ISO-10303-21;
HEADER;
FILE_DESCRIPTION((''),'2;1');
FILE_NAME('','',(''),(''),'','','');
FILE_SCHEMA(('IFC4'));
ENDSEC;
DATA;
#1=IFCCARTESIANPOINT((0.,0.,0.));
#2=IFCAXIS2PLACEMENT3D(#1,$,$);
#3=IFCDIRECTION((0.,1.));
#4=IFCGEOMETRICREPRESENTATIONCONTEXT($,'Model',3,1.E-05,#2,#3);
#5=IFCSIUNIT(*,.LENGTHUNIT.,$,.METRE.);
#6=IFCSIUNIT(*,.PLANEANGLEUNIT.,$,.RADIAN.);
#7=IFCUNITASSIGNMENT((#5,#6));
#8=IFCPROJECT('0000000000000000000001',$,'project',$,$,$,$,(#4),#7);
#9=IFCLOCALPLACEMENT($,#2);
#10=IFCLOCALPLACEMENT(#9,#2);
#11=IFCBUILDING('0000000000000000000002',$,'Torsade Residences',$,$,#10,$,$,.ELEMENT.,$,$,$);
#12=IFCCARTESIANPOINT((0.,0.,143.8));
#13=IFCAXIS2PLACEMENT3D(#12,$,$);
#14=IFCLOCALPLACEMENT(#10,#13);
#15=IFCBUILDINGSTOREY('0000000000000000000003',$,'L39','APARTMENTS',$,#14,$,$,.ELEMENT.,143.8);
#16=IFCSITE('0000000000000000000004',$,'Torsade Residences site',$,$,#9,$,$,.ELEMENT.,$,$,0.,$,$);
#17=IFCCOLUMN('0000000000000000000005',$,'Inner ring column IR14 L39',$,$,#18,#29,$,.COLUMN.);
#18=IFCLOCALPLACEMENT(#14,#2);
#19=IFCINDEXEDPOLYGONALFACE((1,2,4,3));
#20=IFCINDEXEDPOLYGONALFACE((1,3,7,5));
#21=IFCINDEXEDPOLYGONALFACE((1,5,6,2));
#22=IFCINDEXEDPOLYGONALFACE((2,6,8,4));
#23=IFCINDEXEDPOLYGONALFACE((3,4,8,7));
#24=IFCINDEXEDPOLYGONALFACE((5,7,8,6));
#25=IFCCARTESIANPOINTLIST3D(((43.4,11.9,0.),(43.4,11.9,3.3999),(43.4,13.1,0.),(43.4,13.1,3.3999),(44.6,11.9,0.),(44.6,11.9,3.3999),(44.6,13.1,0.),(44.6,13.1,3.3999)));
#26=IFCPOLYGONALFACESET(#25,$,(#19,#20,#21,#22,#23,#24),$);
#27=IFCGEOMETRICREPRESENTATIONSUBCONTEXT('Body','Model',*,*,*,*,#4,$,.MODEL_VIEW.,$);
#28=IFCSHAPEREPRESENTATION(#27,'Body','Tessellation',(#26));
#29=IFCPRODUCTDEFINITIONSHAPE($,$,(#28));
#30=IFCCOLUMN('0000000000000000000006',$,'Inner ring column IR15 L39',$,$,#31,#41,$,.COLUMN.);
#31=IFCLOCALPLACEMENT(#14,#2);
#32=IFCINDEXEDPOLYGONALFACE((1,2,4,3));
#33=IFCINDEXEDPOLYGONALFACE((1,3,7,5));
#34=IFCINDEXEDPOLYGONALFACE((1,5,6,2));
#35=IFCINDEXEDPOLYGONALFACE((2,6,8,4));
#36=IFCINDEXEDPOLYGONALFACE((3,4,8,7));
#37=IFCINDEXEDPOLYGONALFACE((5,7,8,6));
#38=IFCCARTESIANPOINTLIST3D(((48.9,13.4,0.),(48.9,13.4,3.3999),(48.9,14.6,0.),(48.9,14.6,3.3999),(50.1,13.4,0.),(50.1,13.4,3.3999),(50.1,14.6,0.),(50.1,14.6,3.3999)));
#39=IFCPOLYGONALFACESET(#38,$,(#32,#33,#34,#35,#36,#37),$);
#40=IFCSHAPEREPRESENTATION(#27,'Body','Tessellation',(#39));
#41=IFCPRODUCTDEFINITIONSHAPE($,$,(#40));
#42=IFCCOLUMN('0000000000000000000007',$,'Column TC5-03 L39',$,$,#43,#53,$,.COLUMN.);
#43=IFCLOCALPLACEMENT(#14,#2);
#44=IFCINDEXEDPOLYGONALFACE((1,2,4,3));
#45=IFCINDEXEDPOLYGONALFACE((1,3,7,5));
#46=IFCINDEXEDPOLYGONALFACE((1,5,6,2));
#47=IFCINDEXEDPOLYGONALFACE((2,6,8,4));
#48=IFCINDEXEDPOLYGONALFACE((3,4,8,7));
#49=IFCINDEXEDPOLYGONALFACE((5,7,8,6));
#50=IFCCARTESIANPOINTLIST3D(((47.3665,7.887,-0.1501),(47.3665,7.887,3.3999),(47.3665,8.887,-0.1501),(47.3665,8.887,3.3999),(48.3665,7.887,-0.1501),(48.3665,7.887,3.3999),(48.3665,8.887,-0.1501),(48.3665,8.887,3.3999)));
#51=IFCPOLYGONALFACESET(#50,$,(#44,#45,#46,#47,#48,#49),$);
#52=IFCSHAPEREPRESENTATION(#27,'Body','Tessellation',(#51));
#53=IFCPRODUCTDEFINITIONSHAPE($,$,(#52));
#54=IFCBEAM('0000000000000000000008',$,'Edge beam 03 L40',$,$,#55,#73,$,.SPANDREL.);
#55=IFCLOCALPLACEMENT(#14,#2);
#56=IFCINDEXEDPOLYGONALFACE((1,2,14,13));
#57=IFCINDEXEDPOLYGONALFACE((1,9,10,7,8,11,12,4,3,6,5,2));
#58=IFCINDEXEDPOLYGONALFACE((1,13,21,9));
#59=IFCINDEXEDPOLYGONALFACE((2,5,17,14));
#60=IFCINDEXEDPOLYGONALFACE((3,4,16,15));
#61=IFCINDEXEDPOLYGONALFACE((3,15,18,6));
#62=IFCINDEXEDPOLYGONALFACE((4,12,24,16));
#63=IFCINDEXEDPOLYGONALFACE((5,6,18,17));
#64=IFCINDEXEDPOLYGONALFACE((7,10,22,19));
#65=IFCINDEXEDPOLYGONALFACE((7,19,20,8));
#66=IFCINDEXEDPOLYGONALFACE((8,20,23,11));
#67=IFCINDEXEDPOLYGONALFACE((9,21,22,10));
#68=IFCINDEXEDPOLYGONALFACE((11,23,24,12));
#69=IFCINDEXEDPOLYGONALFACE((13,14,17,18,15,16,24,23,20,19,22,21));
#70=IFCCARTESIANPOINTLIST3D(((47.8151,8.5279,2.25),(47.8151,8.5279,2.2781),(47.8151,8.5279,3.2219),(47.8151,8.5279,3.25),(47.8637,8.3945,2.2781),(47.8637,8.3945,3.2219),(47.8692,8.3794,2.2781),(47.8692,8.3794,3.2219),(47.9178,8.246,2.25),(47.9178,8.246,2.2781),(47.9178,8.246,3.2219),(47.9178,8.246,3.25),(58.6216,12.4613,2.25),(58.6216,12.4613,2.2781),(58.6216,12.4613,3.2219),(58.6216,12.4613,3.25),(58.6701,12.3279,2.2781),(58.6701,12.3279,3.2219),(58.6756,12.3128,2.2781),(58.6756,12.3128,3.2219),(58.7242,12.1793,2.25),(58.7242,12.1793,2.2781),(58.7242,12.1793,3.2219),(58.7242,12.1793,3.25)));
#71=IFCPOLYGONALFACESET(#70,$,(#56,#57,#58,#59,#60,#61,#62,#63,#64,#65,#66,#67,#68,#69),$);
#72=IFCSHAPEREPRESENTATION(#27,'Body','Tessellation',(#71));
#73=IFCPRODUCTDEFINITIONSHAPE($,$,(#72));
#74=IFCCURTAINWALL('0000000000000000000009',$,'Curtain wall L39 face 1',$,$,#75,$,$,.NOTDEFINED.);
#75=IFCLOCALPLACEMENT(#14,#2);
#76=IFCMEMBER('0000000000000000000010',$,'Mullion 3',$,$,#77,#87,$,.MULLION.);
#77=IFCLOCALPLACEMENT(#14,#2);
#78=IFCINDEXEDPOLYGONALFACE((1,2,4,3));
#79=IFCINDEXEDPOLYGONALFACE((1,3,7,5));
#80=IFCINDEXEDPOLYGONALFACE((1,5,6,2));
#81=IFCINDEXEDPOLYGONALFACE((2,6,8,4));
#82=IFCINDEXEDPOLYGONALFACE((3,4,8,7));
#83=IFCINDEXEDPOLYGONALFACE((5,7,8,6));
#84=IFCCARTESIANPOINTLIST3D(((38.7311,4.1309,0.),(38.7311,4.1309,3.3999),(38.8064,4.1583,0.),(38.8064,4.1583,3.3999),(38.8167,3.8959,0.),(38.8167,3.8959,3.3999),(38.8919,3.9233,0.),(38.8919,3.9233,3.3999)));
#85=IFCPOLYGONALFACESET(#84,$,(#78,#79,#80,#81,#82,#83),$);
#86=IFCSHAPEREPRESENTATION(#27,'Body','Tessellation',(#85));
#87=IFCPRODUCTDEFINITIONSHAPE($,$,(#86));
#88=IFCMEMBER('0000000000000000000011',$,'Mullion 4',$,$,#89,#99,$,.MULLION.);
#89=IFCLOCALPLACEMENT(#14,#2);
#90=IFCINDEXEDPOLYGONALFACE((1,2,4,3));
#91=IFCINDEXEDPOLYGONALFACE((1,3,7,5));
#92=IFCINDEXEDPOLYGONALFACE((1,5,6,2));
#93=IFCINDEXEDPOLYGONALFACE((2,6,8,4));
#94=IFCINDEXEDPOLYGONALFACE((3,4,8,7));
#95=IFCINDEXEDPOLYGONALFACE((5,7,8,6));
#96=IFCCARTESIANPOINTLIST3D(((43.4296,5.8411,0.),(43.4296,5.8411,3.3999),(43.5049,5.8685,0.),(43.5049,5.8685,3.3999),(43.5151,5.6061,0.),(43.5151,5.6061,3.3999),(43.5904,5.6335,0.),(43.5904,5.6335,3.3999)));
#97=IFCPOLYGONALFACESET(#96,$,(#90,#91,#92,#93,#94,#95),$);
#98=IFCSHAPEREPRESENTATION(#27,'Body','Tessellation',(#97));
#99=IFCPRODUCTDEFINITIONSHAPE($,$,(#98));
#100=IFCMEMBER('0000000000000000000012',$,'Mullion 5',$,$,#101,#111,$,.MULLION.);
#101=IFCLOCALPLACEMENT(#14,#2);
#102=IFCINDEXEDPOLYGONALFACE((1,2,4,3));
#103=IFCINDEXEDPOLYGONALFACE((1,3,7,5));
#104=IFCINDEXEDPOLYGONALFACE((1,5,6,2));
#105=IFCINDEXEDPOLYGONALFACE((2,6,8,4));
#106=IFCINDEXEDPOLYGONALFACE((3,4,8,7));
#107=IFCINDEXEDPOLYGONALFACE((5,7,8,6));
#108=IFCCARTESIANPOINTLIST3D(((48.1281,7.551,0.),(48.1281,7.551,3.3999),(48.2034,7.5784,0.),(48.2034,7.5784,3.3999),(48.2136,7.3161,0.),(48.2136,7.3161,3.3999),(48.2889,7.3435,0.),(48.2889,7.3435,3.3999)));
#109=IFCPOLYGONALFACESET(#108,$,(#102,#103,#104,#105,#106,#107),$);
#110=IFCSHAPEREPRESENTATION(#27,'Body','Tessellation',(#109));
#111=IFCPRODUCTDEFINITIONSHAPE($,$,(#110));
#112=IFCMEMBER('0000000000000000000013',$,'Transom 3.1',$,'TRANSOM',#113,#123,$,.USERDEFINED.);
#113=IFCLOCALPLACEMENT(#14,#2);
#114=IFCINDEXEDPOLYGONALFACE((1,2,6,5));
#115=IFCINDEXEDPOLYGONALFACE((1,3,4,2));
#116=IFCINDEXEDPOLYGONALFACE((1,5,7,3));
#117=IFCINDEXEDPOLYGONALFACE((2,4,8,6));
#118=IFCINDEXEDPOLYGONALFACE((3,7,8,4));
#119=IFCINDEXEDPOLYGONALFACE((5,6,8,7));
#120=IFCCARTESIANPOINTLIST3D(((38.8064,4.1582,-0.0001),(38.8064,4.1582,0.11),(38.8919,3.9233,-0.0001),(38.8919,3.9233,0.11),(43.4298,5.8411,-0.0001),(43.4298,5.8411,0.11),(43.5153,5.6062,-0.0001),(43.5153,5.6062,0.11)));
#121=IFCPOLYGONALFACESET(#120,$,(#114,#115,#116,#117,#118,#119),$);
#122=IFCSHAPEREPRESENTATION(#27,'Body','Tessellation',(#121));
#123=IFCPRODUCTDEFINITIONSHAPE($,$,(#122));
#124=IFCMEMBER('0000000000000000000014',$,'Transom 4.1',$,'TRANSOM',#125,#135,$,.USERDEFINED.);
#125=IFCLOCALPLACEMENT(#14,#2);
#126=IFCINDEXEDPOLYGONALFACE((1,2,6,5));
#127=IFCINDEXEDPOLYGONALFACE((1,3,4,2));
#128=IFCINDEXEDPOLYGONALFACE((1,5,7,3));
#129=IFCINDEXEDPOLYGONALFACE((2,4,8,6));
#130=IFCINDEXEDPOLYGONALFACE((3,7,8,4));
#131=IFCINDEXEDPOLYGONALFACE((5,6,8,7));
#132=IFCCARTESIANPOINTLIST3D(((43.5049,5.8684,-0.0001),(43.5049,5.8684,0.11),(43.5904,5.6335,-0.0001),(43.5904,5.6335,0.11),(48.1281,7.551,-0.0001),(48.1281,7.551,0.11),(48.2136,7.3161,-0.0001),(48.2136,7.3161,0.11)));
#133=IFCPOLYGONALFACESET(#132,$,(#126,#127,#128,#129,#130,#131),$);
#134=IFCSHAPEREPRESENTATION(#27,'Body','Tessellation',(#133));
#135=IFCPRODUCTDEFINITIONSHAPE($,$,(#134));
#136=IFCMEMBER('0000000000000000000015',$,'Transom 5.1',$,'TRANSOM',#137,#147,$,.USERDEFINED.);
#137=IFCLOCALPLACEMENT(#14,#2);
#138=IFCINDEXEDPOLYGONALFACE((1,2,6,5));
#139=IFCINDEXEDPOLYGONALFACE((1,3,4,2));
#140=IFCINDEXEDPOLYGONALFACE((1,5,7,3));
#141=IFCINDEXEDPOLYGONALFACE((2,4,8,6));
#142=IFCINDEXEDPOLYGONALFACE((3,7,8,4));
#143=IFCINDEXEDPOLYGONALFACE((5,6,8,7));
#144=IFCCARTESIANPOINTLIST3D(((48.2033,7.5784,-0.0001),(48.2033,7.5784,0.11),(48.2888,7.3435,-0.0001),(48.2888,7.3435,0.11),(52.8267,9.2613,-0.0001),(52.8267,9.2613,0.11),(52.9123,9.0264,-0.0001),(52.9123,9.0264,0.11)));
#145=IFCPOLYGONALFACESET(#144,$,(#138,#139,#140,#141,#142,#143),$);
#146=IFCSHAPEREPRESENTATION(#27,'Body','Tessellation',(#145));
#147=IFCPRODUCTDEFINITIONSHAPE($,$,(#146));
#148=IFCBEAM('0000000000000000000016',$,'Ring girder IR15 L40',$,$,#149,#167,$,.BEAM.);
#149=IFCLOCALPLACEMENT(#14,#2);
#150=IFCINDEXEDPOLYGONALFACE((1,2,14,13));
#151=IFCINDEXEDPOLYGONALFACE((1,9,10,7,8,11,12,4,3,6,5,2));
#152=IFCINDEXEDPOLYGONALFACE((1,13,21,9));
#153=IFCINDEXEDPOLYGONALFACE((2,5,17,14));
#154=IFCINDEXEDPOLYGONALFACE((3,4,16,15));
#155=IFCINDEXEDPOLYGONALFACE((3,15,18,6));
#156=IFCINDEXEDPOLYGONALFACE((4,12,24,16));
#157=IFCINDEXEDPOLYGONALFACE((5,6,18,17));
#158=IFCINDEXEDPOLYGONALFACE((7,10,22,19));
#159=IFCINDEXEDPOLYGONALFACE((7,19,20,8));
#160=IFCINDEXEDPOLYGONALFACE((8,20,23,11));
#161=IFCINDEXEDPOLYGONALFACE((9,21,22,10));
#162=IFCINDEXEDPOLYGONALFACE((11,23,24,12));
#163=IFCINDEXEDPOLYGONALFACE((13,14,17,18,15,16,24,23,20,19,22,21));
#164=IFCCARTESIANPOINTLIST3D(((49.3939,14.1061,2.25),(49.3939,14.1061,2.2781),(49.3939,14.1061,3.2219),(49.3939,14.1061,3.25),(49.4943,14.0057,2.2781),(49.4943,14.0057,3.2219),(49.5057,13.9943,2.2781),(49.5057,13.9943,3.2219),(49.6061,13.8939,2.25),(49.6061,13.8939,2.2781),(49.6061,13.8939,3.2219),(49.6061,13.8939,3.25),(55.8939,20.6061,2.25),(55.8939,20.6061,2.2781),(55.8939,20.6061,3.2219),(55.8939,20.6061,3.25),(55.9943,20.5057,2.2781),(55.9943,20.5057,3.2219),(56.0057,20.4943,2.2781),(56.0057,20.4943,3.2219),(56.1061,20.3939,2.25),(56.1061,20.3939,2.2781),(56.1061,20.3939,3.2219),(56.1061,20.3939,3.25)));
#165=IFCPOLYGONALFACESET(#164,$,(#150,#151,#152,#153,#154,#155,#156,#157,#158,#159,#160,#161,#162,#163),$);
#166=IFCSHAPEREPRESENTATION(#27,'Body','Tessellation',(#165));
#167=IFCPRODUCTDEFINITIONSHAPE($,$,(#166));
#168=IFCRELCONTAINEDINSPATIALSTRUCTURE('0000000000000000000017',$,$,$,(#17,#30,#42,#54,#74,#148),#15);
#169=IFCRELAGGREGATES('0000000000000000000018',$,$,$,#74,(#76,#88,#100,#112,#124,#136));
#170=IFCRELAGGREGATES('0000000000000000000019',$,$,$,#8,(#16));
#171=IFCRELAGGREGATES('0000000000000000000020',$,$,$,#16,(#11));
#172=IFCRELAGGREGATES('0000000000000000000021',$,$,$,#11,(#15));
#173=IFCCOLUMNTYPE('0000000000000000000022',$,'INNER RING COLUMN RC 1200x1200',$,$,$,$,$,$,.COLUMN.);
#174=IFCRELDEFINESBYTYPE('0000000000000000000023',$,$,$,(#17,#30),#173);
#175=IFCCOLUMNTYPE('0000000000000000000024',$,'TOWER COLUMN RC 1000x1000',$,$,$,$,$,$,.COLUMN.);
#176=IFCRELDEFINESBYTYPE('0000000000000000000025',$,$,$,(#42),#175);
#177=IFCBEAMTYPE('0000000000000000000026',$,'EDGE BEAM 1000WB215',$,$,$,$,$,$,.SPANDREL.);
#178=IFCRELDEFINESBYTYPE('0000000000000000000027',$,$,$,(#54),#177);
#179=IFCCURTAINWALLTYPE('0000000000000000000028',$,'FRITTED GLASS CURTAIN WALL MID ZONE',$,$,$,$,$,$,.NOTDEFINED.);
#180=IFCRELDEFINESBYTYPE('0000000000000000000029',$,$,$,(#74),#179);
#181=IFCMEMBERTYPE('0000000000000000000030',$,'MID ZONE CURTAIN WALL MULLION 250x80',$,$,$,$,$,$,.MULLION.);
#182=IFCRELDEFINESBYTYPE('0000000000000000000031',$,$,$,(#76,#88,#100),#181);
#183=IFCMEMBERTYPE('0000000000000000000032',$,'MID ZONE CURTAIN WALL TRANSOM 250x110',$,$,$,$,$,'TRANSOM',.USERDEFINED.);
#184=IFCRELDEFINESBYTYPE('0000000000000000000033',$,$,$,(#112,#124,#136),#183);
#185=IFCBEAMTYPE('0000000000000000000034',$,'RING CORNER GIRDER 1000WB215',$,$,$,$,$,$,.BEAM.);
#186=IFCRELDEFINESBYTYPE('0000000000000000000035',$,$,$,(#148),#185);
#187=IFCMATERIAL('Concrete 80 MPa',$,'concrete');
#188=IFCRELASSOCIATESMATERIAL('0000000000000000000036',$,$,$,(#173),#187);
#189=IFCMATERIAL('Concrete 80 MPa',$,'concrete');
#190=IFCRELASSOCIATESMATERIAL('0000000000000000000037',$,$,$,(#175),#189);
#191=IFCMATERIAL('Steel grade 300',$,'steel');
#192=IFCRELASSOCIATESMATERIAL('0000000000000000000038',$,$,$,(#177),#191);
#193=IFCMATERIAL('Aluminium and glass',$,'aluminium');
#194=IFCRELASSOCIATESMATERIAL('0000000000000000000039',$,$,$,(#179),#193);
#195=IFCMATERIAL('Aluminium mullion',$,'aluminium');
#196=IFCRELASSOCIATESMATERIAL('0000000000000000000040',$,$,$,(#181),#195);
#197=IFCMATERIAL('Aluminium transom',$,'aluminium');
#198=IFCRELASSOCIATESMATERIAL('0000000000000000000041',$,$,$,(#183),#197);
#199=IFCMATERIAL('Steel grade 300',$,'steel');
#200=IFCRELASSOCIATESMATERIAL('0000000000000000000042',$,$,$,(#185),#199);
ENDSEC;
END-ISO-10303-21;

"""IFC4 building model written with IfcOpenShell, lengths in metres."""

from ifc_helpers import new_model, si_unit, direction, frame, origin, origin_2d, place, context, subcontext, project, spatial, rectangle, i_section, extrude, material, material_profile, profile_set, type_object, element, aggregate, save


model = new_model("IFC4")

# Units and contexts
model_context = context("Model", 3, precision=1e-05, world=origin(), true_north=direction((0.0, 1.0)))
body_context = subcontext(model_context, "Body", "Model", "MODEL_VIEW")
ifc_project = project(units=[si_unit("LENGTHUNIT", "METRE"), si_unit("PLANEANGLEUNIT", "RADIAN")], contexts=[model_context])

# Site, building, storey
site_placement = place(None, origin())
site = spatial("IfcSite", under=ifc_project, at=site_placement, Name="Torsade Residences site", CompositionType="ELEMENT", RefElevation=0.0)
building_placement = place(site_placement, origin())
building = spatial("IfcBuilding", under=site, at=building_placement, Name="Torsade Residences", CompositionType="ELEMENT")
storey_placement = place(building_placement, frame((0.0, 0.0, 143.8)))
storey = spatial("IfcBuildingStorey", under=building, at=storey_placement, Name="L39", Description="APARTMENTS", CompositionType="ELEMENT", Elevation=143.8)

# Columns
ifc_material_1 = material(Name="Concrete 80 MPa", Category="concrete")
ifc_material_profile_1 = material_profile(ifc_material_1, rectangle(XDim=1.2, YDim=1.2, at=origin_2d()), Name="RC 1200x1200")
ifc_profile_set_1 = profile_set([ifc_material_profile_1], Name="Concrete 80 MPa")
column_type_1 = type_object("IfcColumnType", Name="INNER RING COLUMN RC 1200x1200", PredefinedType="COLUMN", material=ifc_profile_set_1)
for number, where, z_axis, x_axis, name in (
    (1, (44.0, 12.5, 0.0), (0.0, 0.0, 1.0), (1.0, 0.0, 0.0), "Inner ring column IR14 L39"),
    (2, (49.5, 14.0, 0.0), (0.0, 0.0, 1.0), (1.0, 0.0, 0.0), "Inner ring column IR15 L39"),
):
    element("IfcColumn", number, at=place(storey_placement, frame(where, z_axis=z_axis, x_axis=x_axis)), inside=storey, type_object=column_type_1, Name=name, PredefinedType="COLUMN", context=body_context, shape_type="SweptSolid", body=[
        extrude(rectangle(XDim=1.2, YDim=1.2, at=origin_2d()), origin(), (0.0, 0.0, 1.0), 3.3999),
    ])
ifc_material_2 = material(Name="Concrete 80 MPa", Category="concrete")
ifc_material_profile_2 = material_profile(ifc_material_2, rectangle(XDim=1.0, YDim=1.0, at=origin_2d()), Name="RC 1000x1000")
ifc_profile_set_2 = profile_set([ifc_material_profile_2], Name="Concrete 80 MPa")
column_type_2 = type_object("IfcColumnType", Name="TOWER COLUMN RC 1000x1000", PredefinedType="COLUMN", material=ifc_profile_set_2)
column_placement = place(storey_placement, frame((47.8665, 8.387, -0.1501), z_axis=(0.0, 0.0, 1.0), x_axis=(1.0, 0.0, 0.0)))
element("IfcColumn", 3, at=column_placement, inside=storey, type_object=column_type_2, Name="Column TC5-03 L39", PredefinedType="COLUMN", context=body_context, shape_type="SweptSolid", body=[
    extrude(rectangle(XDim=1.0, YDim=1.0, at=origin_2d()), origin(), (0.0, 0.0, 1.0), 3.55),
])

# Beam
ifc_material_3 = material(Name="Steel grade 300", Category="steel")
ifc_material_profile_3 = material_profile(ifc_material_3, i_section(OverallWidth=0.3, OverallDepth=1.0, WebThickness=0.0161, FlangeThickness=0.0281, at=origin_2d()), Name="1000WB215")
ifc_profile_set_3 = profile_set([ifc_material_profile_3], Name="Steel grade 300")
beam_type_1 = type_object("IfcBeamType", Name="EDGE BEAM 1000WB215", PredefinedType="SPANDREL", material=ifc_profile_set_3)
beam_1_placement = place(storey_placement, frame((47.8665, 8.387, 2.75), z_axis=(0.939689, 0.342031, 0.0), x_axis=(-0.342031, 0.939689, 0.0)))
element("IfcBeam", 4, at=beam_1_placement, inside=storey, type_object=beam_type_1, Name="Edge beam 03 L40", PredefinedType="SPANDREL", context=body_context, shape_type="SweptSolid", body=[
    extrude(i_section(OverallWidth=0.3, OverallDepth=1.0, WebThickness=0.0161, FlangeThickness=0.0281, at=origin_2d()), origin(), (0.0, 0.0, 1.0), 11.5),
])

# Curtain wall, members
ifc_material_4 = material(Name="Aluminium and glass", Category="aluminium")
curtain_wall_type = type_object("IfcCurtainWallType", Name="FRITTED GLASS CURTAIN WALL MID ZONE", PredefinedType="NOTDEFINED", material=ifc_material_4)
curtain_wall_placement = place(storey_placement, origin())
curtain_wall = element("IfcCurtainWall", 5, at=curtain_wall_placement, inside=storey, type_object=curtain_wall_type, Name="Curtain wall L39 face 1", PredefinedType="NOTDEFINED")
ifc_material_5 = material(Name="Aluminium mullion", Category="aluminium")
ifc_material_profile_4 = material_profile(ifc_material_5, rectangle(XDim=0.25, YDim=0.0801, at=origin_2d()), Name="MID ZONE CURTAIN WALL MULLION 250x80")
ifc_profile_set_4 = profile_set([ifc_material_profile_4], Name="Aluminium mullion")
member_type_1 = type_object("IfcMemberType", Name="MID ZONE CURTAIN WALL MULLION 250x80", PredefinedType="MULLION", material=ifc_profile_set_4)
member_1_placement = place(storey_placement, frame((38.8115, 4.0271, 0.0), z_axis=(0.0, 0.0, 1.0), x_axis=(-0.34202, 0.939693, 0.0)))
member_1 = element("IfcMember", 6, at=member_1_placement, type_object=member_type_1, Name="Mullion 3", PredefinedType="MULLION", context=body_context, shape_type="SweptSolid", body=[
    extrude(rectangle(XDim=0.25, YDim=0.0801, at=origin_2d()), origin(), (0.0, 0.0, 1.0), 3.3999),
])
member_2_placement = place(storey_placement, frame((43.51, 5.7373, 0.0), z_axis=(0.0, 0.0, 1.0), x_axis=(-0.34202, 0.939693, 0.0)))
member_2 = element("IfcMember", 7, at=member_2_placement, type_object=member_type_1, Name="Mullion 4", PredefinedType="MULLION", context=body_context, shape_type="SweptSolid", body=[
    extrude(rectangle(XDim=0.25, YDim=0.0801, at=origin_2d()), origin(), (0.0, 0.0, 1.0), 3.3999),
])
member_3_placement = place(storey_placement, frame((48.2085, 7.4473, 0.0), z_axis=(0.0, 0.0, 1.0), x_axis=(-0.34202, 0.939693, 0.0)))
member_3 = element("IfcMember", 8, at=member_3_placement, type_object=member_type_1, Name="Mullion 5", PredefinedType="MULLION", context=body_context, shape_type="SweptSolid", body=[
    extrude(rectangle(XDim=0.25, YDim=0.0801, at=origin_2d()), origin(), (0.0, 0.0, 1.0), 3.3999),
])
ifc_material_6 = material(Name="Aluminium transom", Category="aluminium")
ifc_material_profile_5 = material_profile(ifc_material_6, rectangle(XDim=0.25, YDim=0.1101, at=origin_2d()), Name="MID ZONE CURTAIN WALL TRANSOM 250x110")
ifc_profile_set_5 = profile_set([ifc_material_profile_5], Name="Aluminium transom")
member_type_2 = type_object("IfcMemberType", Name="MID ZONE CURTAIN WALL TRANSOM 250x110", ElementType="TRANSOM", PredefinedType="USERDEFINED", material=ifc_profile_set_5)
member_4_placement = place(storey_placement, frame((38.8491, 4.0408, 0.0549), z_axis=(0.939685, 0.342042, 0.0), x_axis=(-0.342042, 0.939685, 0.0)))
member_4 = element("IfcMember", 9, at=member_4_placement, type_object=member_type_2, Name="Transom 3.1", ObjectType="TRANSOM", PredefinedType="USERDEFINED", context=body_context, shape_type="SweptSolid", body=[
    extrude(rectangle(XDim=0.25, YDim=0.1101, at=origin_2d()), origin(), (0.0, 0.0, 1.0), 4.9202),
])
member_5_placement = place(storey_placement, frame((43.5476, 5.751, 0.0549), z_axis=(0.939701, 0.341998, 0.0), x_axis=(-0.341998, 0.939701, 0.0)))
member_5 = element("IfcMember", 10, at=member_5_placement, type_object=member_type_2, Name="Transom 4.1", ObjectType="TRANSOM", PredefinedType="USERDEFINED", context=body_context, shape_type="SweptSolid", body=[
    extrude(rectangle(XDim=0.25, YDim=0.1101, at=origin_2d()), origin(), (0.0, 0.0, 1.0), 4.9199),
])
member_6_placement = place(storey_placement, frame((48.2461, 7.4609, 0.0549), z_axis=(0.939685, 0.342042, 0.0), x_axis=(-0.342042, 0.939685, 0.0)))
member_6 = element("IfcMember", 11, at=member_6_placement, type_object=member_type_2, Name="Transom 5.1", ObjectType="TRANSOM", PredefinedType="USERDEFINED", context=body_context, shape_type="SweptSolid", body=[
    extrude(rectangle(XDim=0.25, YDim=0.1101, at=origin_2d()), origin(), (0.0, 0.0, 1.0), 4.9202),
])

# Beam
ifc_material_7 = material(Name="Steel grade 300", Category="steel")
ifc_material_profile_6 = material_profile(ifc_material_7, i_section(OverallWidth=0.3, OverallDepth=1.0, WebThickness=0.0161, FlangeThickness=0.0281, at=origin_2d()), Name="1000WB215")
ifc_profile_set_6 = profile_set([ifc_material_profile_6], Name="Steel grade 300")
beam_type_2 = type_object("IfcBeamType", Name="RING CORNER GIRDER 1000WB215", PredefinedType="BEAM", material=ifc_profile_set_6)
beam_2_placement = place(storey_placement, frame((49.5, 14.0, 2.75), z_axis=(0.707107, 0.707107, 0.0), x_axis=(-0.707107, 0.707107, 0.0)))
element("IfcBeam", 12, at=beam_2_placement, inside=storey, type_object=beam_type_2, Name="Ring girder IR15 L40", PredefinedType="BEAM", context=body_context, shape_type="SweptSolid", body=[
    extrude(i_section(OverallWidth=0.3, OverallDepth=1.0, WebThickness=0.0161, FlangeThickness=0.0281, at=origin_2d()), origin(), (0.0, 0.0, 1.0), 9.1924),
])

aggregate(curtain_wall, [member_1, member_2, member_3, member_4, member_5, member_6])

save(model, "model.ifc")
